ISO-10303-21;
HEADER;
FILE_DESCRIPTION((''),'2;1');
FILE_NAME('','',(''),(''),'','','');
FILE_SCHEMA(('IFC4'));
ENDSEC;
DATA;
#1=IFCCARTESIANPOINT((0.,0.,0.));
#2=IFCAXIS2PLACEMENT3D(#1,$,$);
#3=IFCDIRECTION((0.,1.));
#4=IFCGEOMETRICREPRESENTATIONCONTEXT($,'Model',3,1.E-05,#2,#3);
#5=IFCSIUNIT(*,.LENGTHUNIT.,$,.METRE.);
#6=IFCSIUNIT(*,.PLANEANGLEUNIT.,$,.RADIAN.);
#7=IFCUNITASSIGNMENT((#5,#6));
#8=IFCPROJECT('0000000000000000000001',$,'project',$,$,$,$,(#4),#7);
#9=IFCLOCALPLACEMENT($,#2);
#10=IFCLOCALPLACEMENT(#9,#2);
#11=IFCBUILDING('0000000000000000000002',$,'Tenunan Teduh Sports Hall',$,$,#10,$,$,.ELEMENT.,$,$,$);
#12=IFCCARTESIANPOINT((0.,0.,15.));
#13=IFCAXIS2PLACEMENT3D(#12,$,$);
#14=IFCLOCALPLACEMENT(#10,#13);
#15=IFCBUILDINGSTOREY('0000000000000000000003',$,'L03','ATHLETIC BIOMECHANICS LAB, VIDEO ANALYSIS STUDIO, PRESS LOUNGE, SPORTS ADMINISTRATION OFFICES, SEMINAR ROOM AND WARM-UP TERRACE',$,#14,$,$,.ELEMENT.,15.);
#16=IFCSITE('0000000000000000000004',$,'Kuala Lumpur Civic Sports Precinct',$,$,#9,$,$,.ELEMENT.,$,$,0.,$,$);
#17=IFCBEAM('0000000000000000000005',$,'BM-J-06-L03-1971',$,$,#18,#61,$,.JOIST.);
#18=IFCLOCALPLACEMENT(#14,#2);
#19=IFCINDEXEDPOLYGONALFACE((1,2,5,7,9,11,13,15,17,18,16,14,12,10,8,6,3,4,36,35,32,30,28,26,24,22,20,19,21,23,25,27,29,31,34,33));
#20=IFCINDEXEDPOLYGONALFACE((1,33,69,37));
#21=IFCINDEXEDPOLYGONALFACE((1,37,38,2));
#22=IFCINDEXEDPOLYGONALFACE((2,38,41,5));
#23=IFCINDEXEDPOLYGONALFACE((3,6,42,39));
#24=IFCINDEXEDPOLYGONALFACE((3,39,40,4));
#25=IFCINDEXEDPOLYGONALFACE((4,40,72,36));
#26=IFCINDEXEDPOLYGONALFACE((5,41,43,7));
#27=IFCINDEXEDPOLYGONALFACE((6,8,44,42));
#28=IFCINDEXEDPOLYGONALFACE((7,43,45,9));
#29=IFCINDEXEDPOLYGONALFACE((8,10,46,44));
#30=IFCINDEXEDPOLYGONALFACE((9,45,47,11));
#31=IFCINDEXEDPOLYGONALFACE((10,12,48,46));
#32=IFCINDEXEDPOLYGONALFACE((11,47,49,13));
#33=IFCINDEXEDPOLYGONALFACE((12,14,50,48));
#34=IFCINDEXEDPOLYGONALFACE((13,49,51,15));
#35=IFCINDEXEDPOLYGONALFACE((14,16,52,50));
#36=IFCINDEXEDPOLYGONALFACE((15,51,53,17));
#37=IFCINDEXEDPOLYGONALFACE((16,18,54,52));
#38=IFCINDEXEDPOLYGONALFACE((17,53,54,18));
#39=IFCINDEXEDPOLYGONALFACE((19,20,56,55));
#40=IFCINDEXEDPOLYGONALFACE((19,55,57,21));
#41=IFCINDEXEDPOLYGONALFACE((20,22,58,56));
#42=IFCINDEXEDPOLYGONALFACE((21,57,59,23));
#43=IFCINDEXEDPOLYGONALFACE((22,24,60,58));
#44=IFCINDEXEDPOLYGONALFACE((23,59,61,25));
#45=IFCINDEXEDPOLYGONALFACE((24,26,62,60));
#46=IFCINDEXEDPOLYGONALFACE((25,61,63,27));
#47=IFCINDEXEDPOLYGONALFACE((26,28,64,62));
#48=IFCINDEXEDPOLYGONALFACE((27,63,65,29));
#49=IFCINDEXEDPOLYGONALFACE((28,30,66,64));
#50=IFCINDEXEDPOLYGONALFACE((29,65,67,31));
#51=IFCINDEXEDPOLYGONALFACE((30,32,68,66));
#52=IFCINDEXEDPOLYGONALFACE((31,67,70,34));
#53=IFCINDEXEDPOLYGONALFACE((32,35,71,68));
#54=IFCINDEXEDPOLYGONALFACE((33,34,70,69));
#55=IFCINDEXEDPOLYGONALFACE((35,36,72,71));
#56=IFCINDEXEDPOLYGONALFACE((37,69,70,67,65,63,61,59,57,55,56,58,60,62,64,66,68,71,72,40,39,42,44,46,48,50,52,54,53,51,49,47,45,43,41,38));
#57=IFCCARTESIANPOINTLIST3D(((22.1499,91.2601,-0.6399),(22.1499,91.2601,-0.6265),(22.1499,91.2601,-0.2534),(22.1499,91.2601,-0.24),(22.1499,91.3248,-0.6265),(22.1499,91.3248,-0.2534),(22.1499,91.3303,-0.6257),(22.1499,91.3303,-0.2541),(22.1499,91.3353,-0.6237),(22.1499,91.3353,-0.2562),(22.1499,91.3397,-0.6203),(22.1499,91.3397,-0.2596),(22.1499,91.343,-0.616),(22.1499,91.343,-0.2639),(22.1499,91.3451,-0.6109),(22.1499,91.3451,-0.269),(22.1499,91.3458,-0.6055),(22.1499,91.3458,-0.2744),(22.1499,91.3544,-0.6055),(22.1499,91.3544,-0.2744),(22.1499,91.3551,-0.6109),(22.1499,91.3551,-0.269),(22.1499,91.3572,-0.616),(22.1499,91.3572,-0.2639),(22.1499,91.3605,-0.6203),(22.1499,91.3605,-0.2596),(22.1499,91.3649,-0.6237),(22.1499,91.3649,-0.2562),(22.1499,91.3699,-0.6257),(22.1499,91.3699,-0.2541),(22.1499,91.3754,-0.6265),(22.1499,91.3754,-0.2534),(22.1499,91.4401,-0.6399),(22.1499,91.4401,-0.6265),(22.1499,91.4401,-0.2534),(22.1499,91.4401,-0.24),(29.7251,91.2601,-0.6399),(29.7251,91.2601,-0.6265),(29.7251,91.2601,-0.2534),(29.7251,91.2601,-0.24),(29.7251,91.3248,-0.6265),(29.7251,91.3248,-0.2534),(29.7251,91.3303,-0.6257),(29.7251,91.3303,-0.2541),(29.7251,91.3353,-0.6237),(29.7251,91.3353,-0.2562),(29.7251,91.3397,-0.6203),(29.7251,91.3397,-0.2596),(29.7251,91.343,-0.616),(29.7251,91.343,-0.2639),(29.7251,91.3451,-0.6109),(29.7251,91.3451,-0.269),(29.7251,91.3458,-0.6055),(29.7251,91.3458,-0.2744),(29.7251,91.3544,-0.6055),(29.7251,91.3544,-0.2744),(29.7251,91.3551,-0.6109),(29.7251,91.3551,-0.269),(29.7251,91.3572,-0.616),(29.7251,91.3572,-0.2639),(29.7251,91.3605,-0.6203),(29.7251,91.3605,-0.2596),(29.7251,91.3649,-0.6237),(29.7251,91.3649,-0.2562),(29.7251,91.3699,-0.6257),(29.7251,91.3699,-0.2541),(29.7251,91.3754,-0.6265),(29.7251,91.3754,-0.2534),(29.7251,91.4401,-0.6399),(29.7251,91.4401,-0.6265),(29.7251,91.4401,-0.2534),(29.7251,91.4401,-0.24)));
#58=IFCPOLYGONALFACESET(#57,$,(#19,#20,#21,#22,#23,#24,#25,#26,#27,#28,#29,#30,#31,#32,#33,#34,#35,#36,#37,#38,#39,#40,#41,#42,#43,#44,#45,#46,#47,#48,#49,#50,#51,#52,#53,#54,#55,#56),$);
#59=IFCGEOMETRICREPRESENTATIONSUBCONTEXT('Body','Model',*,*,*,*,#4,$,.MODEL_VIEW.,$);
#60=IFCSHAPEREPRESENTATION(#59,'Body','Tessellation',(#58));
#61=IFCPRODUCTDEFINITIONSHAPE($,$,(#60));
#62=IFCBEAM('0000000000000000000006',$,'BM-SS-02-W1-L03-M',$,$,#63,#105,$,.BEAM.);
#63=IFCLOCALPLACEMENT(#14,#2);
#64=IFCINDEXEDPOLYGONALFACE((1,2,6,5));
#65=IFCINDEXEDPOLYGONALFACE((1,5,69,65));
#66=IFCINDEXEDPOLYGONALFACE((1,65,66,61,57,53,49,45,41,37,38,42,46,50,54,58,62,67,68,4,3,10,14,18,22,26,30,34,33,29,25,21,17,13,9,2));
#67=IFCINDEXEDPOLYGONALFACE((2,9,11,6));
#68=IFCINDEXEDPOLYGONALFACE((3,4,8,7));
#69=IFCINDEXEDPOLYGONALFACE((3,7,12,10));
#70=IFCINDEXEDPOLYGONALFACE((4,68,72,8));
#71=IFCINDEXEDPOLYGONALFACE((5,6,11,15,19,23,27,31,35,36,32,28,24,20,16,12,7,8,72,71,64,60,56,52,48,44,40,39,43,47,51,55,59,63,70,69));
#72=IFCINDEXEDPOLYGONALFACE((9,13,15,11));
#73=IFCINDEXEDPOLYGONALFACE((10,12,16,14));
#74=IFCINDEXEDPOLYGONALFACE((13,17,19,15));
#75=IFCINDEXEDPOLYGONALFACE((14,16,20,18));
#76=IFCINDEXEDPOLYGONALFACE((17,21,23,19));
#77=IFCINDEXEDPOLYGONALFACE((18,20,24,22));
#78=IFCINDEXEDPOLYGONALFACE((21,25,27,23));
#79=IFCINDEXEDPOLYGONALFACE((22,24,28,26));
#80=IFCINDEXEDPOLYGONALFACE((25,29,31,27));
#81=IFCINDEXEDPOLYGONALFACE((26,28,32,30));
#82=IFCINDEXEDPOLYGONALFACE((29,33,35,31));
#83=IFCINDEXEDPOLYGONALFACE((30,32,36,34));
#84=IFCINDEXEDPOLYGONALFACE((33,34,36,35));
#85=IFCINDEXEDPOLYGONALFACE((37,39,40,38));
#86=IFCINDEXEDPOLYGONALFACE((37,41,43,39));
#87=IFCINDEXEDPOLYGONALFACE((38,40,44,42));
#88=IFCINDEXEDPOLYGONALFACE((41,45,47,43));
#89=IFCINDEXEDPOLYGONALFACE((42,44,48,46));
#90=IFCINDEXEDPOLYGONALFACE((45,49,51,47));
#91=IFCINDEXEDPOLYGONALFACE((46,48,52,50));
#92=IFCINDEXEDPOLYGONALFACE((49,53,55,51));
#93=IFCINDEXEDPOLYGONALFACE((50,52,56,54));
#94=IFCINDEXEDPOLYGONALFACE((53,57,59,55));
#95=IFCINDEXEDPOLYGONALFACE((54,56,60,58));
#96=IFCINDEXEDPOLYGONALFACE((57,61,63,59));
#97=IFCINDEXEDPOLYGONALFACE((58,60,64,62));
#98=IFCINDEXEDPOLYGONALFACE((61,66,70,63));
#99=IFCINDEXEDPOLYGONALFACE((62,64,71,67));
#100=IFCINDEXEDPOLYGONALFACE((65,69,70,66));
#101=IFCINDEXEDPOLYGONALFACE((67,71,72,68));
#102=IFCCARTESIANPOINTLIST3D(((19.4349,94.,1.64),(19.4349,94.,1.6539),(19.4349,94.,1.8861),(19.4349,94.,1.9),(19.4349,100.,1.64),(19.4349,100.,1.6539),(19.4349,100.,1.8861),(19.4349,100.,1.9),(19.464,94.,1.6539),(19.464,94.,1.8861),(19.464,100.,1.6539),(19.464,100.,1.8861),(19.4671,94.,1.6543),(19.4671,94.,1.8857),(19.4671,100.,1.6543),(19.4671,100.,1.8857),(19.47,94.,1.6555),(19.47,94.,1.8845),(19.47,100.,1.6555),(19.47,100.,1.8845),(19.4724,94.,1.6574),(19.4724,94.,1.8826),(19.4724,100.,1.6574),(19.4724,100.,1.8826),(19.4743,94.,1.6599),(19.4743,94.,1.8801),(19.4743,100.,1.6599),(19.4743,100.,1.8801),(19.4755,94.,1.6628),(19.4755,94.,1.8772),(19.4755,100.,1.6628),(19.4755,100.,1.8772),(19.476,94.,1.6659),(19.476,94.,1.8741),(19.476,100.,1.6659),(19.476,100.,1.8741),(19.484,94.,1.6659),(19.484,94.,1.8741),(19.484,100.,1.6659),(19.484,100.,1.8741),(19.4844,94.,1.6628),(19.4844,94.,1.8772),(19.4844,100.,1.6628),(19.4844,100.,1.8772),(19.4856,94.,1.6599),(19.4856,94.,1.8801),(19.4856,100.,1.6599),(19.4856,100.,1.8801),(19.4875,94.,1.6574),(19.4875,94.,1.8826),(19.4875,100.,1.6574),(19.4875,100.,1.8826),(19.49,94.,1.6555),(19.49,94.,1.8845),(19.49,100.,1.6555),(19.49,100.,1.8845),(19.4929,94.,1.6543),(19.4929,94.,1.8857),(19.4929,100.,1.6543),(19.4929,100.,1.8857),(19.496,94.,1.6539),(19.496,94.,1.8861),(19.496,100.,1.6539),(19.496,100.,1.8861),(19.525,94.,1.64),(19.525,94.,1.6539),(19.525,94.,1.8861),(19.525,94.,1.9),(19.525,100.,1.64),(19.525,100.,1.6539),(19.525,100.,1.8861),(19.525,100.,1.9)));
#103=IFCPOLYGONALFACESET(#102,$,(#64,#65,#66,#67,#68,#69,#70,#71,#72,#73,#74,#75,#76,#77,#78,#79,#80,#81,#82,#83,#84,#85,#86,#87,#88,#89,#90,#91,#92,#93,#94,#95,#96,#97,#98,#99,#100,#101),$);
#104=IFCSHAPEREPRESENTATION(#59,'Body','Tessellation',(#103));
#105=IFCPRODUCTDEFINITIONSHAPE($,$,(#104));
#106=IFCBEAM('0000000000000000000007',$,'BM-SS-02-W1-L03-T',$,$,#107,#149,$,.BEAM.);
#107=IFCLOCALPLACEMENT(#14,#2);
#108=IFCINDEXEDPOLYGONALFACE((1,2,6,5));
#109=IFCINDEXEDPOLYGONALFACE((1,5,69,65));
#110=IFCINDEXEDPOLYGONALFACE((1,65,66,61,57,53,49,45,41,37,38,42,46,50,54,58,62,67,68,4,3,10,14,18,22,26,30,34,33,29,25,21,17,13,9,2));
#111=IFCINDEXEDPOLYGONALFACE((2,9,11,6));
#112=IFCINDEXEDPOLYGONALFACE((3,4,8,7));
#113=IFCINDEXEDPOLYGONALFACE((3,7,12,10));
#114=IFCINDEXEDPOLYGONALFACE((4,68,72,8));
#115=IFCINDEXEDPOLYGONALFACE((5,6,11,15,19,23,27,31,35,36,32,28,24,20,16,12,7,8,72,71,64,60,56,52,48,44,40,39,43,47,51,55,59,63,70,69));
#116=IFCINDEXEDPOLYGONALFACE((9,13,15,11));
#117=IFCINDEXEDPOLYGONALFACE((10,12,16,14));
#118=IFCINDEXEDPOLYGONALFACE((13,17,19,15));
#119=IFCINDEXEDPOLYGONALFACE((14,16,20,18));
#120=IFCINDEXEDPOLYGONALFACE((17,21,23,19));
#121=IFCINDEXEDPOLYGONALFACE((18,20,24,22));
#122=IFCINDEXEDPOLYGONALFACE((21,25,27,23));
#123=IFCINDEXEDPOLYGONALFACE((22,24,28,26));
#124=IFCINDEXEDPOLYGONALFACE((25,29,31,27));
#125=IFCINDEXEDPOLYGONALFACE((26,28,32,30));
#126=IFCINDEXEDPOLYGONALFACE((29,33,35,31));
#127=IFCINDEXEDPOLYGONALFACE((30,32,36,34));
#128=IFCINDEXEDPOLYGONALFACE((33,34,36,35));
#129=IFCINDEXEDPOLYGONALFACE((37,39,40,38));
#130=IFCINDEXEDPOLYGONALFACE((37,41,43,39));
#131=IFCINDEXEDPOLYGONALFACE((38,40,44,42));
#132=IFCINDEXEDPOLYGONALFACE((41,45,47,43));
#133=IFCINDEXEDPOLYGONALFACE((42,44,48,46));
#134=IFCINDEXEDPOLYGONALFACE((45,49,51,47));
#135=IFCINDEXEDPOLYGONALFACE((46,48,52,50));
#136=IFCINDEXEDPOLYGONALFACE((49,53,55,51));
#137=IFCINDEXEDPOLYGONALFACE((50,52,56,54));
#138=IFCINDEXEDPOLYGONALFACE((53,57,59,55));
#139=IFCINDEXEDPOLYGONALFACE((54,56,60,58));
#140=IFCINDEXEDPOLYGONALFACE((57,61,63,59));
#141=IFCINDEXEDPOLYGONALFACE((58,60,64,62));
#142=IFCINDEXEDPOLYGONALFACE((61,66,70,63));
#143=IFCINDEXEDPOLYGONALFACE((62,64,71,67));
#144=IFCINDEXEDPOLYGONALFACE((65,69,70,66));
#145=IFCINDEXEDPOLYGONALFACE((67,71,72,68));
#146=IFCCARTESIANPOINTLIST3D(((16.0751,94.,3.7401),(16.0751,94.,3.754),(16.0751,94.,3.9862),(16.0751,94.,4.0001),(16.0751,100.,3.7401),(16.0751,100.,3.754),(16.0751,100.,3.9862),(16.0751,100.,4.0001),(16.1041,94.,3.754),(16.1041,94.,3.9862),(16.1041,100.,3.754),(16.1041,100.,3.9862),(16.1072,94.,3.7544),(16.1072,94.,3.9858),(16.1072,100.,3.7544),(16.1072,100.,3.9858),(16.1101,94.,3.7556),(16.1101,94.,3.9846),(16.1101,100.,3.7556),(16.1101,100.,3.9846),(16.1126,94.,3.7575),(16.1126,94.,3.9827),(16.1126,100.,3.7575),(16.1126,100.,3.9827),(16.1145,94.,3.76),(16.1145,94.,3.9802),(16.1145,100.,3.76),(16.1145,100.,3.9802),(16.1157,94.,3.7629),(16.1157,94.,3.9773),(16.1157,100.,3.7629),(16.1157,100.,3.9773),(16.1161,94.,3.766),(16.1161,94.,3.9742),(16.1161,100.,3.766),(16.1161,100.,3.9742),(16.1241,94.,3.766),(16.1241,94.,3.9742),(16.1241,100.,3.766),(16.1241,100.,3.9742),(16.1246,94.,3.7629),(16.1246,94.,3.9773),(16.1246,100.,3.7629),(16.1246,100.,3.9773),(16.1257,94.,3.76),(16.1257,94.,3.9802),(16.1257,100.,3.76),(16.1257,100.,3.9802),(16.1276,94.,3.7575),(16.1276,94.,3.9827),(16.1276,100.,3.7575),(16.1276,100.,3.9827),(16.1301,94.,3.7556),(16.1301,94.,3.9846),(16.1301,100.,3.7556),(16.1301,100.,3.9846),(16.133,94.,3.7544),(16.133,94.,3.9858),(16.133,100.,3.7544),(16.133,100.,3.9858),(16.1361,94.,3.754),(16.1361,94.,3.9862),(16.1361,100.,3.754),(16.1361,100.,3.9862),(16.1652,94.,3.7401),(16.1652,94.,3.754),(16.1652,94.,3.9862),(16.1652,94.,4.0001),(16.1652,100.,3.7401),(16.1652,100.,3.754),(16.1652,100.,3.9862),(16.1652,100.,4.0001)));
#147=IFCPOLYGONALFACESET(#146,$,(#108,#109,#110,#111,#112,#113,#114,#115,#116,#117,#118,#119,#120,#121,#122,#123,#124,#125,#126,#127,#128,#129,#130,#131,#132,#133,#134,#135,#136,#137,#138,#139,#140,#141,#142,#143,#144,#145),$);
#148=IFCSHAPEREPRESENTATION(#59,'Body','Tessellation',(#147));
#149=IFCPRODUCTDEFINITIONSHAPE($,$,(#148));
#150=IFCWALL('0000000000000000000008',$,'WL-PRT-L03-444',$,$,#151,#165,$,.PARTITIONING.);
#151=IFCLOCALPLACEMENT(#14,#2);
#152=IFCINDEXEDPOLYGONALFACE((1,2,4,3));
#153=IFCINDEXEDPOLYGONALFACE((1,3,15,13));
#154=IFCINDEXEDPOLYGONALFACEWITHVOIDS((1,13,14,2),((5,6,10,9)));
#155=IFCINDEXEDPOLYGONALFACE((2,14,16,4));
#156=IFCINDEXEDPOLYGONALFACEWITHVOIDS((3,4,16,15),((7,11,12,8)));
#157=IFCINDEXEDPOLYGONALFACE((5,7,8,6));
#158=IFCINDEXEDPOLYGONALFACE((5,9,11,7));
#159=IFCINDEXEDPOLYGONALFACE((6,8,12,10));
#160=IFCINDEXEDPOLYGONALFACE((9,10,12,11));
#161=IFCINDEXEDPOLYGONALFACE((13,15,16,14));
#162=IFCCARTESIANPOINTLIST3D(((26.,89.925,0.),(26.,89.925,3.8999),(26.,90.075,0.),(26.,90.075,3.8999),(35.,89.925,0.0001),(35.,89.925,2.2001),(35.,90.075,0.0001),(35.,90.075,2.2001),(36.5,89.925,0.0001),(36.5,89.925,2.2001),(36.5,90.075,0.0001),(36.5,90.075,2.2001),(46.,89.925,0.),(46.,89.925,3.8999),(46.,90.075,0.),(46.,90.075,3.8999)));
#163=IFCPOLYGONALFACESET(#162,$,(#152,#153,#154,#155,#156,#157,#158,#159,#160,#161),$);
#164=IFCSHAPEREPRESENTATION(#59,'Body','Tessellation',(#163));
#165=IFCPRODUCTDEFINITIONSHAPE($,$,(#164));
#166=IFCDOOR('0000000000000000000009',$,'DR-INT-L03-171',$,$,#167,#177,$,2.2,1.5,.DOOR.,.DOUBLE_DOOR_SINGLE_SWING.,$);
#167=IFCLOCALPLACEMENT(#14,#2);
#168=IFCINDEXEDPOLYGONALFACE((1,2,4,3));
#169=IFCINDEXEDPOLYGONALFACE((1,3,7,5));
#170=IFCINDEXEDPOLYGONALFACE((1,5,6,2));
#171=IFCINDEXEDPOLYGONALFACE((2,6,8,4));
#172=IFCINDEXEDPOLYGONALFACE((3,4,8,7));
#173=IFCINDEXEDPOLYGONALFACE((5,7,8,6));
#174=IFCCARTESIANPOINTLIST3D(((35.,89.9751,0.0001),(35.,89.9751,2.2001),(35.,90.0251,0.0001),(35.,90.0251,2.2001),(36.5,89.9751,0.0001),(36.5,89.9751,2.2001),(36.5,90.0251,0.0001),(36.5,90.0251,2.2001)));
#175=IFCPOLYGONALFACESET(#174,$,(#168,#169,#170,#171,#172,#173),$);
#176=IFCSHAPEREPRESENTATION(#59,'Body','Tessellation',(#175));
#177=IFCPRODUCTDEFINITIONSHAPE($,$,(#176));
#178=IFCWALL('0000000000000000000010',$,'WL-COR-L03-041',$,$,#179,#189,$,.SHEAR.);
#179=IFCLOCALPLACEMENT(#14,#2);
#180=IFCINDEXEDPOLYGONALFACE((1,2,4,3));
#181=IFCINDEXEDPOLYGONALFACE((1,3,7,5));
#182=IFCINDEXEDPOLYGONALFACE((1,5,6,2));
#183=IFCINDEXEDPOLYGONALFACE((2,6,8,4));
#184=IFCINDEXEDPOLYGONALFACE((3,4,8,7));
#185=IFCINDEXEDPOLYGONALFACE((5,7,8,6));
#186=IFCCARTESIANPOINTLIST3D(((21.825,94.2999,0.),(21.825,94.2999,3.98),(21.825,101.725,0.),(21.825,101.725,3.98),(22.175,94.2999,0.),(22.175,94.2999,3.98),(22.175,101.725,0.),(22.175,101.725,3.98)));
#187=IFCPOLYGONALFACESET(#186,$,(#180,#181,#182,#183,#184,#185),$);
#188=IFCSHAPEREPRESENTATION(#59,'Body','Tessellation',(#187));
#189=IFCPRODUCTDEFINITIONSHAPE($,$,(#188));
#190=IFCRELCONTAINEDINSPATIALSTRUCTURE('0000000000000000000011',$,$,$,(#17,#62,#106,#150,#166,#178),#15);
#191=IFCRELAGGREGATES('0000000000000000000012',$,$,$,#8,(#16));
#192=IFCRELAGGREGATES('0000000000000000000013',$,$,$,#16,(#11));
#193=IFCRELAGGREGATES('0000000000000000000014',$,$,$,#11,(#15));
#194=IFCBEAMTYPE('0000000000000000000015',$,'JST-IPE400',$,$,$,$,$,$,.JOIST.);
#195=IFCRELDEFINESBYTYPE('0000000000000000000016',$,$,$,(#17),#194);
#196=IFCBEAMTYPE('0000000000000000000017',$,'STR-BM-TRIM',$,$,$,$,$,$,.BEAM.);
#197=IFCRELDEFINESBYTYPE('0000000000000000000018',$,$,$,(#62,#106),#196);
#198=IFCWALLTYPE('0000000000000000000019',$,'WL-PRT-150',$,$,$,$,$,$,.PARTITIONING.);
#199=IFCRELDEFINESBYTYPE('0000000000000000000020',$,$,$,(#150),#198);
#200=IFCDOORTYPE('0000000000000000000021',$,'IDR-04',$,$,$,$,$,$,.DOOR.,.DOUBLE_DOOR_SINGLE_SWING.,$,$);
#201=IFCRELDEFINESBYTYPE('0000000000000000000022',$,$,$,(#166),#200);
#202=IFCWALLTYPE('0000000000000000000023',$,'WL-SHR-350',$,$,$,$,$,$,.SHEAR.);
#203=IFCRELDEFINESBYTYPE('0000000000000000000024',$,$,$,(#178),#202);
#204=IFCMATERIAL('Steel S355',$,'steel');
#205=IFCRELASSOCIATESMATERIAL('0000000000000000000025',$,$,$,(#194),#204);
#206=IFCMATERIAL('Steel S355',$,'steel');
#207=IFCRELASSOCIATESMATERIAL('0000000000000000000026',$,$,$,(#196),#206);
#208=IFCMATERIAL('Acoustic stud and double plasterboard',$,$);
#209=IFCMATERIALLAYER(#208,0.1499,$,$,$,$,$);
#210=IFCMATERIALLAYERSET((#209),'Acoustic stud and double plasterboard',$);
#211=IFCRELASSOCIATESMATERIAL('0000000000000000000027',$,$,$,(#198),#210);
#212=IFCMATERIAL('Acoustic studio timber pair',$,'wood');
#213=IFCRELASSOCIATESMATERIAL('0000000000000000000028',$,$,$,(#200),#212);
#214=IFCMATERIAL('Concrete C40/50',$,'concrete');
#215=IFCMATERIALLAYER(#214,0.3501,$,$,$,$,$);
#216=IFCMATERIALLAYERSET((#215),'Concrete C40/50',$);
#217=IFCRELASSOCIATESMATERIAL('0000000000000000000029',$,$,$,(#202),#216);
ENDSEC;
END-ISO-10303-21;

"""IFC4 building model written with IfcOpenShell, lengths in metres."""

from ifc_helpers import new_model, si_unit, direction, frame, frame_2d, origin, origin_2d, place, context, subcontext, project, spatial, rectangle, i_section, extrude, material, layer, layer_set, material_profile, profile_set, type_object, element, fill, save


model = new_model("IFC4")

# Units and contexts
model_context = context("Model", 3, precision=1e-05, world=origin(), true_north=direction((0.0, 1.0)))
body_context = subcontext(model_context, "Body", "Model", "MODEL_VIEW")
ifc_project = project(units=[si_unit("LENGTHUNIT", "METRE"), si_unit("PLANEANGLEUNIT", "RADIAN")], contexts=[model_context])

# Site, building, storey
site_placement = place(None, origin())
site = spatial("IfcSite", under=ifc_project, at=site_placement, Name="Kuala Lumpur Civic Sports Precinct", CompositionType="ELEMENT", RefElevation=0.0)
building_placement = place(site_placement, origin())
building = spatial("IfcBuilding", under=site, at=building_placement, Name="Tenunan Teduh Sports Hall", CompositionType="ELEMENT")
storey_placement = place(building_placement, frame((0.0, 0.0, 15.0)))
storey = spatial("IfcBuildingStorey", under=building, at=storey_placement, Name="L03", Description="ATHLETIC BIOMECHANICS LAB, VIDEO ANALYSIS STUDIO, PRESS LOUNGE, SPORTS ADMINISTRATION OFFICES, SEMINAR ROOM AND WARM-UP TERRACE", CompositionType="ELEMENT", Elevation=15.0)

# Beams
ifc_material_1 = material(Name="Steel S355", Category="steel")
ifc_material_profile_1 = material_profile(ifc_material_1, i_section(OverallWidth=0.1799, OverallDepth=0.3999, WebThickness=0.0085, FlangeThickness=0.0134, FilletRadius=0.021, at=origin_2d()), Name="IPE 400")
ifc_profile_set_1 = profile_set([ifc_material_profile_1], Name="Steel S355")
beam_type_1 = type_object("IfcBeamType", Name="JST-IPE400", PredefinedType="JOIST", material=ifc_profile_set_1)
beam_1_placement = place(storey_placement, frame((22.1499, 91.3501, -0.4399), z_axis=(1.0, 0.0, 0.0), x_axis=(0.0, 1.0, 0.0)))
element("IfcBeam", 1, at=beam_1_placement, inside=storey, type_object=beam_type_1, Name="BM-J-06-L03-1971", PredefinedType="JOIST", context=body_context, shape_type="SweptSolid", body=[
    extrude(i_section(OverallWidth=0.1799, OverallDepth=0.3999, WebThickness=0.0085, FlangeThickness=0.0134, FilletRadius=0.021, at=origin_2d()), origin(), (0.0, 0.0, 1.0), 7.5752),
])
ifc_material_2 = material(Name="Steel S355", Category="steel")
ifc_material_profile_2 = material_profile(ifc_material_2, i_section(OverallWidth=0.0901, OverallDepth=0.26, WebThickness=0.0081, FlangeThickness=0.0139, FilletRadius=0.012, at=origin_2d()), Name="PFC 260x90")
ifc_profile_set_2 = profile_set([ifc_material_profile_2], Name="Steel S355")
beam_type_2 = type_object("IfcBeamType", Name="STR-BM-TRIM", PredefinedType="BEAM", material=ifc_profile_set_2)
for number, where, z_axis, x_axis, name in (
    (2, (19.48, 94.0, 1.77), (0.0, 1.0, 0.0), (-1.0, 0.0, 0.0), "BM-SS-02-W1-L03-M"),
    (3, (16.1201, 94.0, 3.8701), (0.0, 1.0, 0.0), (-1.0, 0.0, 0.0), "BM-SS-02-W1-L03-T"),
):
    element("IfcBeam", number, at=place(storey_placement, frame(where, z_axis=z_axis, x_axis=x_axis)), inside=storey, type_object=beam_type_2, Name=name, PredefinedType="BEAM", context=body_context, shape_type="SweptSolid", body=[
        extrude(i_section(OverallWidth=0.0901, OverallDepth=0.26, WebThickness=0.0081, FlangeThickness=0.0139, FilletRadius=0.012, at=origin_2d()), origin(), (0.0, 0.0, 1.0), 6.0),
    ])

# Wall, opening, door
ifc_material_3 = material(Name="Acoustic stud and double plasterboard")
ifc_layer_1 = layer(ifc_material_3, 0.1499)
ifc_layer_set_1 = layer_set([ifc_layer_1], Name="Acoustic stud and double plasterboard")
wall_type_1 = type_object("IfcWallType", Name="WL-PRT-150", PredefinedType="PARTITIONING", material=ifc_layer_set_1)
wall_1_placement = place(storey_placement, frame((26.0, 90.0, 0.0), z_axis=(0.0, 0.0, 1.0), x_axis=(1.0, 0.0, 0.0)))
wall_1 = element("IfcWall", 4, at=wall_1_placement, inside=storey, type_object=wall_type_1, Name="WL-PRT-L03-444", PredefinedType="PARTITIONING", context=body_context, shape_type="SweptSolid", body=[
    extrude(rectangle(XDim=20.0, YDim=0.1499, at=frame_2d((10.0, 0.0))), origin(), (0.0, 0.0, 1.0), 3.8999),
])
opening_placement = place(wall_1_placement, frame((9.0, 0.0, 0.0)))
opening = element("IfcOpeningElement", 5, at=opening_placement, cuts=wall_1, PredefinedType="OPENING", context=body_context, shape_type="SweptSolid", body=[
    extrude(rectangle(XDim=1.5, YDim=2.2, at=frame_2d((0.75, 1.1001))), frame((0.0, 0.085, 0.0), z_axis=(0.0, -1.0, 0.0), x_axis=(1.0, 0.0, 0.0)), (0.0, 0.0, 1.0), 0.1699),
])
ifc_material_4 = material(Name="Acoustic studio timber pair", Category="wood")
door_type = type_object("IfcDoorType", Name="IDR-04", OperationType="DOUBLE_DOOR_SINGLE_SWING", PredefinedType="DOOR", material=ifc_material_4)
door_placement = place(opening_placement, frame((1.5, 0.0, 0.0), z_axis=(0.0, 0.0, 1.0), x_axis=(-1.0, 0.0, 0.0)))
door = element("IfcDoor", 6, at=door_placement, inside=storey, type_object=door_type, Name="DR-INT-L03-171", OperationType="DOUBLE_DOOR_SINGLE_SWING", OverallHeight=2.2, OverallWidth=1.5, PredefinedType="DOOR", context=body_context, shape_type="SweptSolid", body=[
    extrude(rectangle(XDim=1.5, YDim=2.2, at=frame_2d((0.75, 1.1001))), frame((0.0, 0.0249, 0.0), z_axis=(0.0, -1.0, 0.0), x_axis=(1.0, 0.0, 0.0)), (0.0, 0.0, 1.0), 0.05),
])
fill(opening, door)

# Wall
ifc_material_5 = material(Name="Concrete C40/50", Category="concrete")
ifc_layer_2 = layer(ifc_material_5, 0.3501)
ifc_layer_set_2 = layer_set([ifc_layer_2], Name="Concrete C40/50")
wall_type_2 = type_object("IfcWallType", Name="WL-SHR-350", PredefinedType="SHEAR", material=ifc_layer_set_2)
wall_2_placement = place(storey_placement, frame((22.0, 94.3, 0.0), z_axis=(0.0, 0.0, 1.0), x_axis=(0.0, 1.0, 0.0)))
element("IfcWall", 7, at=wall_2_placement, inside=storey, type_object=wall_type_2, Name="WL-COR-L03-041", PredefinedType="SHEAR", context=body_context, shape_type="SweptSolid", body=[
    extrude(rectangle(XDim=7.425, YDim=0.3501, at=frame_2d((3.7124, 0.0))), origin(), (0.0, 0.0, 1.0), 3.98),
])

save(model, "model.ifc")
